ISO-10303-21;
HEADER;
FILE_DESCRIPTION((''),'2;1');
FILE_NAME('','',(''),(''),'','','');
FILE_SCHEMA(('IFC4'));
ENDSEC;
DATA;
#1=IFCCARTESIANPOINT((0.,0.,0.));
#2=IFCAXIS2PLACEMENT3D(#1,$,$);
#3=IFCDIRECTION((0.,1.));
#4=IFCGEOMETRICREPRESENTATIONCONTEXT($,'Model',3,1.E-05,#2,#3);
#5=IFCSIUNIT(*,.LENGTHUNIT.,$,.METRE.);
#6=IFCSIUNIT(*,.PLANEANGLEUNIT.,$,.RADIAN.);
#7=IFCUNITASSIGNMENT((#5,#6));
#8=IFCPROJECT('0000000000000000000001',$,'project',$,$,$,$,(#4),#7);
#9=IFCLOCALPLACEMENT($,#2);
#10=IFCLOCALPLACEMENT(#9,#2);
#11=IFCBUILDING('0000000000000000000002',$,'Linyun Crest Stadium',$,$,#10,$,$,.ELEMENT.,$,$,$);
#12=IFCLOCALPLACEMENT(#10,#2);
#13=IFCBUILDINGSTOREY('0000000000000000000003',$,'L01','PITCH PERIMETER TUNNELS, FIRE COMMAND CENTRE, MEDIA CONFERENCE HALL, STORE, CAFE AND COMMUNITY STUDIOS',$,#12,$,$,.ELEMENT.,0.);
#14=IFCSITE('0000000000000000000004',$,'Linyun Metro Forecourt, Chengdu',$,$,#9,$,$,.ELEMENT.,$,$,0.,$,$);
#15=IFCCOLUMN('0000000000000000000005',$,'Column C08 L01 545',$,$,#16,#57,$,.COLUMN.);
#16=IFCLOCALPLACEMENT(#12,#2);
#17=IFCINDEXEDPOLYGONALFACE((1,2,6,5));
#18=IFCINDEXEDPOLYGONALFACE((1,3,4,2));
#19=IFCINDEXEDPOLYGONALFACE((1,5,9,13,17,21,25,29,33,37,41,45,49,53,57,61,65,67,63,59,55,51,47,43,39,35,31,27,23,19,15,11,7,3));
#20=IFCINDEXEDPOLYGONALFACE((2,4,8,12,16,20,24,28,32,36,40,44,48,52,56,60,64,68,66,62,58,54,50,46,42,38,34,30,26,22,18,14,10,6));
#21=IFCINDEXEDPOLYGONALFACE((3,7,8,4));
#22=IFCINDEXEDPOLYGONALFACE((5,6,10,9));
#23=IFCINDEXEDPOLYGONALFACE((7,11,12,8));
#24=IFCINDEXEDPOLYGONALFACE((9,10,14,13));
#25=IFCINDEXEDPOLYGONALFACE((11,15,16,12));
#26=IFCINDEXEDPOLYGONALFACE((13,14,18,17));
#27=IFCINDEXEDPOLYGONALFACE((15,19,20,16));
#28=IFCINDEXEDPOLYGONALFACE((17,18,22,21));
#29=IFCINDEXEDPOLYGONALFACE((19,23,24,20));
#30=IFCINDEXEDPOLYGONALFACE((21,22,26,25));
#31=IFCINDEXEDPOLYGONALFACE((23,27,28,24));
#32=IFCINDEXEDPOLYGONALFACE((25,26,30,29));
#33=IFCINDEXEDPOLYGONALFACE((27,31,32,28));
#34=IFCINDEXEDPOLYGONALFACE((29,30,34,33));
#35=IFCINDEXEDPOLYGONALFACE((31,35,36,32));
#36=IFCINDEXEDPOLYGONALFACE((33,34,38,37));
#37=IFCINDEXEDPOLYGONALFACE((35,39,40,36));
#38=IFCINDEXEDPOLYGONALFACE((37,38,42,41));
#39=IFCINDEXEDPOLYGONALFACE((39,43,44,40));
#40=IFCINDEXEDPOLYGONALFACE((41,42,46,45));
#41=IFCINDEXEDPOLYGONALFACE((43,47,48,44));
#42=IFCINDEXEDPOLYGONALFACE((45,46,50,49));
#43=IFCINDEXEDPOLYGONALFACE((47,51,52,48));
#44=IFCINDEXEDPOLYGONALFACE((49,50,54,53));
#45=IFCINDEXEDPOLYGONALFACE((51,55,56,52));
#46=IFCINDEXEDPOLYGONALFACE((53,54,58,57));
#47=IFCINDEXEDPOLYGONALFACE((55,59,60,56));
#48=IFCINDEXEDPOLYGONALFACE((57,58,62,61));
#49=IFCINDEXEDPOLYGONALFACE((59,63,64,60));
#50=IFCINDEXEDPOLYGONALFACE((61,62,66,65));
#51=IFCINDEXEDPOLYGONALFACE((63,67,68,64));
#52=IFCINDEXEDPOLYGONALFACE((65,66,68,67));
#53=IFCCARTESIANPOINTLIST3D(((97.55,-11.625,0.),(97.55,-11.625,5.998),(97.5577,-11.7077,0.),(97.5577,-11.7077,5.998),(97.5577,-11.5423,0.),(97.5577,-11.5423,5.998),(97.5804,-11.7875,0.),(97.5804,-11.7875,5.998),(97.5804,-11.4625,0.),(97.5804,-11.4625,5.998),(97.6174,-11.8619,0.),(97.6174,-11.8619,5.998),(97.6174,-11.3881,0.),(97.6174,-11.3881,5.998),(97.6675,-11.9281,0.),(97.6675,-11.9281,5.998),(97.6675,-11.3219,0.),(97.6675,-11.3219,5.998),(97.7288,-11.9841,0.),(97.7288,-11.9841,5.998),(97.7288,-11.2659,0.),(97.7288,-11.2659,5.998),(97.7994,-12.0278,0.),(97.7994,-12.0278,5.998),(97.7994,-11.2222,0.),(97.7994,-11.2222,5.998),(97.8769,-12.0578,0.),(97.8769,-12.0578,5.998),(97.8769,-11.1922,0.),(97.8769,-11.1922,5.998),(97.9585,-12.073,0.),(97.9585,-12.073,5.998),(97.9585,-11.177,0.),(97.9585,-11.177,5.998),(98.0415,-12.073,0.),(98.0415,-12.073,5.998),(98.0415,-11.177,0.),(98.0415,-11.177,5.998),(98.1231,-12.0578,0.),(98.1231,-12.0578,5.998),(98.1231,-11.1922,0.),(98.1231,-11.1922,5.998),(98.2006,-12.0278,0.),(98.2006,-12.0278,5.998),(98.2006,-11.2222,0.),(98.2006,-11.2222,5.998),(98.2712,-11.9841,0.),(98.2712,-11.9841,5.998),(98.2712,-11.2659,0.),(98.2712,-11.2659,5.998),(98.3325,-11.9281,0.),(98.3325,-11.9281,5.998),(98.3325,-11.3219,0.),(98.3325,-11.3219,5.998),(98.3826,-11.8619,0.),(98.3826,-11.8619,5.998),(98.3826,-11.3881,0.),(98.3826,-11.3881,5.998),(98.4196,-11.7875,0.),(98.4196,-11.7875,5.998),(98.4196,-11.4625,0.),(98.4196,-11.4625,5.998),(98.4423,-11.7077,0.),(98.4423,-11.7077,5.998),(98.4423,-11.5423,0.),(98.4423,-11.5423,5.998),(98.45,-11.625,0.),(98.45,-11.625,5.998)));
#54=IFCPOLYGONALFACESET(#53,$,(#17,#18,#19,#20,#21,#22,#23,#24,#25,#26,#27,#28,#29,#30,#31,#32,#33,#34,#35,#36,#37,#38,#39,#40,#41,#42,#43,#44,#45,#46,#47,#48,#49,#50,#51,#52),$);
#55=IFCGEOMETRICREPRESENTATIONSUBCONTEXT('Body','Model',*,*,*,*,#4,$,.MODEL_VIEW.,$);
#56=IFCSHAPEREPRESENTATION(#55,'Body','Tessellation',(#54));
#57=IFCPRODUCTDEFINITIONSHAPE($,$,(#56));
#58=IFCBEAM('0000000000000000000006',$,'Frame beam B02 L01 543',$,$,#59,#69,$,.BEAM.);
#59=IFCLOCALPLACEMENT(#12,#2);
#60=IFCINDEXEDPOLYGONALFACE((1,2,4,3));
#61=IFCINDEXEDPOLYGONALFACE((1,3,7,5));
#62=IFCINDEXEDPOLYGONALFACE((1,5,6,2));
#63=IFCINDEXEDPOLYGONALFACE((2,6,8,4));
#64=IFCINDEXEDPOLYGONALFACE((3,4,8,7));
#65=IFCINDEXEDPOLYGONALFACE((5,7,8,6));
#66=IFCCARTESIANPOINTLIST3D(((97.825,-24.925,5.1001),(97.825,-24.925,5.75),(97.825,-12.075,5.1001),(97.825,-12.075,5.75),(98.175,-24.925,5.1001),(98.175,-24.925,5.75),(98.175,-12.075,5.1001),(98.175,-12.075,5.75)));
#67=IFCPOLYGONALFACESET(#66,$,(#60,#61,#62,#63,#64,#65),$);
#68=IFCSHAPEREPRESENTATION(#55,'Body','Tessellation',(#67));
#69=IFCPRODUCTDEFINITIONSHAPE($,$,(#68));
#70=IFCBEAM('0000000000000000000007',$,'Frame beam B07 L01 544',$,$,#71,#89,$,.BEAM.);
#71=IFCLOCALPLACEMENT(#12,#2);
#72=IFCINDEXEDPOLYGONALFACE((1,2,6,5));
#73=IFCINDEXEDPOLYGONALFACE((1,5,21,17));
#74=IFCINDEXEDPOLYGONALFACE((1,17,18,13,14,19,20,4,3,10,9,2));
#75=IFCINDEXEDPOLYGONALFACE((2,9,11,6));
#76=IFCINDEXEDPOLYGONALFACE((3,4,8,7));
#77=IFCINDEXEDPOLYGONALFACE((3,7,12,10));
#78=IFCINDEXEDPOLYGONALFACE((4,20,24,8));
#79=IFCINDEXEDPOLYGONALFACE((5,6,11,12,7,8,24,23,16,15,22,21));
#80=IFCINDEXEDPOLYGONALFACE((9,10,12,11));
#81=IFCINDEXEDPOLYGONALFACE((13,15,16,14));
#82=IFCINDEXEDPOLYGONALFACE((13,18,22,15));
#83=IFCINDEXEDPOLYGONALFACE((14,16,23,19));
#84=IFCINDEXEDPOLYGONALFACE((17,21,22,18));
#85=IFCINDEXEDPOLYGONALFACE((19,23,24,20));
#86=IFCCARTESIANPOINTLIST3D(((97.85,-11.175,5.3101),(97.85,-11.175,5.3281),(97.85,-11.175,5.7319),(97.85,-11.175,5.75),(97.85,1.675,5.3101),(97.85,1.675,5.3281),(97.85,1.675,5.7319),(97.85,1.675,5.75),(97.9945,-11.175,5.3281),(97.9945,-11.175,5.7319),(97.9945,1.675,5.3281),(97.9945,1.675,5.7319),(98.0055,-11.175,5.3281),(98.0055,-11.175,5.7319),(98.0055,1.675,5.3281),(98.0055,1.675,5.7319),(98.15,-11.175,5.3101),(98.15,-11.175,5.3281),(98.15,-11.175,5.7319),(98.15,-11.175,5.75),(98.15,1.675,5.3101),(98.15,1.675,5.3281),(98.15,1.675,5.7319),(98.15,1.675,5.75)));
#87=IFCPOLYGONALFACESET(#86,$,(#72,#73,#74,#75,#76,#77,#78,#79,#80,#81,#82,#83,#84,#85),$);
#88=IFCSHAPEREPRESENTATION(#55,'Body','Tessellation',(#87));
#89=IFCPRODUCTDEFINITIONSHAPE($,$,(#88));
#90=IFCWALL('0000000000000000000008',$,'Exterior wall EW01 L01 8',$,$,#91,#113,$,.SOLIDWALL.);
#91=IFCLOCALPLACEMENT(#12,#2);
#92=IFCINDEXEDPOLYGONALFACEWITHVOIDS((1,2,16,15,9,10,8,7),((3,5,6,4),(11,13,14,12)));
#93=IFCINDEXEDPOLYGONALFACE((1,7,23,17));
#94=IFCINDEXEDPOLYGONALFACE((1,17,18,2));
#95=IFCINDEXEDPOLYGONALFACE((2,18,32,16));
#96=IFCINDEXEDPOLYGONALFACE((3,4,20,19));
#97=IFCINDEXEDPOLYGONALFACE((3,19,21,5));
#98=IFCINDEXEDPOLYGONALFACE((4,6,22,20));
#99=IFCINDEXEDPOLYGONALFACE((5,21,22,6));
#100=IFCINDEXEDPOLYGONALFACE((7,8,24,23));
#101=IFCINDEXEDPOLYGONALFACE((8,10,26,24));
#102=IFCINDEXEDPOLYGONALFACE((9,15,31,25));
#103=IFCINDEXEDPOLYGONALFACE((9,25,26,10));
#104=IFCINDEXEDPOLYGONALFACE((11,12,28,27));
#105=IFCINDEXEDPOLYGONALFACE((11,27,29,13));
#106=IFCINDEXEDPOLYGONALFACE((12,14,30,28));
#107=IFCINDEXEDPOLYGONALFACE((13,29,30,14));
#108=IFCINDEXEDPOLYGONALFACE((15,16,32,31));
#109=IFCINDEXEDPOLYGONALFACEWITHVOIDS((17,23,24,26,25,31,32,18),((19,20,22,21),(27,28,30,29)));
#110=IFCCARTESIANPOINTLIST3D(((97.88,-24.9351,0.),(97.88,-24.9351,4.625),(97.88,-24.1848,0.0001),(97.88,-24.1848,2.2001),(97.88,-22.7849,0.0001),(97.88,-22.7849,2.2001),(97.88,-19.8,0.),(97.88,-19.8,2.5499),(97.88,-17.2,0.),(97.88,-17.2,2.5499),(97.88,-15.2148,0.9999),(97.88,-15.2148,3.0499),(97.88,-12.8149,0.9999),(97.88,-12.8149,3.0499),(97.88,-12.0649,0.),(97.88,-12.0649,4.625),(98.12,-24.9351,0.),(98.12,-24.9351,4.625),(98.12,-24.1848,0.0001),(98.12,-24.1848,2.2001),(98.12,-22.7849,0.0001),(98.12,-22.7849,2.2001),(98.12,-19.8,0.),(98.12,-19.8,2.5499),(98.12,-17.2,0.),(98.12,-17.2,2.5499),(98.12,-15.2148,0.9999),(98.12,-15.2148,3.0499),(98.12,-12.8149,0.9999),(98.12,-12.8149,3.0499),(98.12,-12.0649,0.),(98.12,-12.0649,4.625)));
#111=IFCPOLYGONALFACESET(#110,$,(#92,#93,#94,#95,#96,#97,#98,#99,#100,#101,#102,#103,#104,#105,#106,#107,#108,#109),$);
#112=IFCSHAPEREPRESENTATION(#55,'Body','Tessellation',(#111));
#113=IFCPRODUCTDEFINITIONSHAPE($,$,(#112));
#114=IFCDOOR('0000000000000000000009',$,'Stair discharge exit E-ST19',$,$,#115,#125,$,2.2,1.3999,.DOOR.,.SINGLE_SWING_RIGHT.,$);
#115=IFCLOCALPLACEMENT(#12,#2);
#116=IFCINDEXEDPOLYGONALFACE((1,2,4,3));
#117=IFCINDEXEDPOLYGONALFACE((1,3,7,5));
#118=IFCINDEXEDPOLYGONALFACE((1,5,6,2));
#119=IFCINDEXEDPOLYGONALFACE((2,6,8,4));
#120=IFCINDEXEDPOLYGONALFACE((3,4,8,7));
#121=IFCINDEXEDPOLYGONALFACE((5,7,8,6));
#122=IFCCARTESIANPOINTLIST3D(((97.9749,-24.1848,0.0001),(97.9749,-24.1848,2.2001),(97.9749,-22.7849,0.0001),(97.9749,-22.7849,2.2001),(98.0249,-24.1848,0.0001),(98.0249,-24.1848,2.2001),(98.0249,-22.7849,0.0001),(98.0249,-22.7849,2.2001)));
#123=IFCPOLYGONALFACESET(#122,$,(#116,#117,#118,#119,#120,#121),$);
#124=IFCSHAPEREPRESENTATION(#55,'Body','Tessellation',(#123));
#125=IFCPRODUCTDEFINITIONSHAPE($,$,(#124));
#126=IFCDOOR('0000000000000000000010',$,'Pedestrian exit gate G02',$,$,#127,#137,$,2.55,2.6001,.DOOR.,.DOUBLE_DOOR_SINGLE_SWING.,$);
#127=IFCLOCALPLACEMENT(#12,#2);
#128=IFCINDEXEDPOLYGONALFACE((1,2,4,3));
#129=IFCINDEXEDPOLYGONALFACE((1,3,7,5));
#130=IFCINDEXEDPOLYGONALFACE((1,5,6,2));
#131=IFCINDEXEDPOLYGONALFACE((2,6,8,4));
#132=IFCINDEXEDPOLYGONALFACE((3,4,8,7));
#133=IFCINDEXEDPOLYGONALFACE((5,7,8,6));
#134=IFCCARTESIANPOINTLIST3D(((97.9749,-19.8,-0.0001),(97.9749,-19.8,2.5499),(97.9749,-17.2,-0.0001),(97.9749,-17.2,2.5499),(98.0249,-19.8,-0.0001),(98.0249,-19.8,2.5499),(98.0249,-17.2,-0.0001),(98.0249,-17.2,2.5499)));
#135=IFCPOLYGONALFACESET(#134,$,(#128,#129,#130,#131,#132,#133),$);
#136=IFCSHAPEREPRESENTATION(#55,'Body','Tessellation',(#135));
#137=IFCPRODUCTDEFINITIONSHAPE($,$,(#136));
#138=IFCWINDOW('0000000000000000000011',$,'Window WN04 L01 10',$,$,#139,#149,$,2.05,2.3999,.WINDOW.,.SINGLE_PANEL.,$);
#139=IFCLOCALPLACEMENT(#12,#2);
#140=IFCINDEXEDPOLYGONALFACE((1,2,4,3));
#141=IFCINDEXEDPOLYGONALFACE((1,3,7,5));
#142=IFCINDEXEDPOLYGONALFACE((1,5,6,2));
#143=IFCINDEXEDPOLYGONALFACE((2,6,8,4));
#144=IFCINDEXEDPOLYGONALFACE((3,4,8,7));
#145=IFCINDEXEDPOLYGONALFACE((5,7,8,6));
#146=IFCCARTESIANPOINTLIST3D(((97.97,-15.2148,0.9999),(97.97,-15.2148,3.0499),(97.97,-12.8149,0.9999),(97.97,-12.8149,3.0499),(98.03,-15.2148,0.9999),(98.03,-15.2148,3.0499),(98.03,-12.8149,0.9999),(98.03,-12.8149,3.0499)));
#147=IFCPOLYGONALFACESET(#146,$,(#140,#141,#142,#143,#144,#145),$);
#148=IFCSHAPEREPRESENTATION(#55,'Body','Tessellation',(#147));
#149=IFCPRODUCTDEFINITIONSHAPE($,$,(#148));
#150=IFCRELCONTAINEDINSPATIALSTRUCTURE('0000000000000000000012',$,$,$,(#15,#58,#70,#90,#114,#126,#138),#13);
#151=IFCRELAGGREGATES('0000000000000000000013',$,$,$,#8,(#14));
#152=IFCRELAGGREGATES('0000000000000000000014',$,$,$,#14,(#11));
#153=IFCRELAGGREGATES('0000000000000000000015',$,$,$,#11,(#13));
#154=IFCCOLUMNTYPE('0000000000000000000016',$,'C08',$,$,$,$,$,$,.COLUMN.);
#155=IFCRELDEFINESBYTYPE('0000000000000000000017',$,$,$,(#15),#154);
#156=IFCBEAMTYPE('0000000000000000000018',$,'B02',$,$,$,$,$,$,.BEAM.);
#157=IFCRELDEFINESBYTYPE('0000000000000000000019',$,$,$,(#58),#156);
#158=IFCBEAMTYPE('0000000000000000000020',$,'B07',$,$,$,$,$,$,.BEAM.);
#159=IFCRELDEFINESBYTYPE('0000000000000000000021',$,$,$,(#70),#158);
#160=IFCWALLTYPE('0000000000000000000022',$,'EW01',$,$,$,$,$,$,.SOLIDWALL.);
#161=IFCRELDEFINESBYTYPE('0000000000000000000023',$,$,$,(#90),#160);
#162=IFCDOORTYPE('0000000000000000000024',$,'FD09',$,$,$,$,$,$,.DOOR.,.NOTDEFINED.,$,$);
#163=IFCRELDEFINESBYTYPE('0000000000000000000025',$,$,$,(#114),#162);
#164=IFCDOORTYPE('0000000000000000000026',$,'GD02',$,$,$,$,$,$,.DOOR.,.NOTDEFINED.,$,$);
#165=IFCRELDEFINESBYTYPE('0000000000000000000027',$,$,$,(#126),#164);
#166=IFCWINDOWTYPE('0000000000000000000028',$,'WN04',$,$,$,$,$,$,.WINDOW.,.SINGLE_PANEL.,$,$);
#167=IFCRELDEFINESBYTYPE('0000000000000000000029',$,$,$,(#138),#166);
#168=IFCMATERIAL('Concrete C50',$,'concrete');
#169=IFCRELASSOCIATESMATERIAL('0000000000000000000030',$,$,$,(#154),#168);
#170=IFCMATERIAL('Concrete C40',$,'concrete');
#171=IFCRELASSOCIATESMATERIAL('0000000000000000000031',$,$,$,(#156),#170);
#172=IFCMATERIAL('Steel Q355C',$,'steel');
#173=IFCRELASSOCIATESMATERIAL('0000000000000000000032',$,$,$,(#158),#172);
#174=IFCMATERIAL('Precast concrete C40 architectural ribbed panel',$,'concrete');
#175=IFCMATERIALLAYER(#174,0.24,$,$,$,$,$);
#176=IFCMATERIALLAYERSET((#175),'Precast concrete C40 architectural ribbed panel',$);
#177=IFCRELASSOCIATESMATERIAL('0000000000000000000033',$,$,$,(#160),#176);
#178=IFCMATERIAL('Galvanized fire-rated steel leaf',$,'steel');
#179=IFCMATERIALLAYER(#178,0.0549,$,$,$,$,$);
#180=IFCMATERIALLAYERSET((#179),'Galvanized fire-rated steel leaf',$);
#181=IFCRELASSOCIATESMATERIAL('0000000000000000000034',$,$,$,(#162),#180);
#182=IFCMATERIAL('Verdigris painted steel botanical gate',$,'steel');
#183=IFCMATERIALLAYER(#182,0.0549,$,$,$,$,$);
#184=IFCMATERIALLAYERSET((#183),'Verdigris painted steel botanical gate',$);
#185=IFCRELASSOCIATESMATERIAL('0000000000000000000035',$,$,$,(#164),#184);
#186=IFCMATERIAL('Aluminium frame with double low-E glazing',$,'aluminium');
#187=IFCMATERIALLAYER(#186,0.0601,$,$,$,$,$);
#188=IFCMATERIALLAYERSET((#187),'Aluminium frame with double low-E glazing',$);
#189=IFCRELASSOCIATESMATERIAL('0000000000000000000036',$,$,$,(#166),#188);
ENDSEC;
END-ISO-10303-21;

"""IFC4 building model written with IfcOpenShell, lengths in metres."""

from ifc_helpers import new_model, si_unit, direction, frame, frame_2d, origin, origin_2d, place, context, subcontext, project, spatial, rectangle, circle, i_section, extrude, material, layer, layer_set, material_profile, profile_set, type_object, element, fill, save


model = new_model("IFC4")

# Units and contexts
model_context = context("Model", 3, precision=1e-05, world=origin(), true_north=direction((0.0, 1.0)))
body_context = subcontext(model_context, "Body", "Model", "MODEL_VIEW")
ifc_project = project(units=[si_unit("LENGTHUNIT", "METRE"), si_unit("PLANEANGLEUNIT", "RADIAN")], contexts=[model_context])

# Site, building, storey
site_placement = place(None, origin())
site = spatial("IfcSite", under=ifc_project, at=site_placement, Name="Linyun Metro Forecourt, Chengdu", CompositionType="ELEMENT", RefElevation=0.0)
building_placement = place(site_placement, origin())
building = spatial("IfcBuilding", under=site, at=building_placement, Name="Linyun Crest Stadium", CompositionType="ELEMENT")
storey_placement = place(building_placement, origin())
storey = spatial("IfcBuildingStorey", under=building, at=storey_placement, Name="L01", Description="PITCH PERIMETER TUNNELS, FIRE COMMAND CENTRE, MEDIA CONFERENCE HALL, STORE, CAFE AND COMMUNITY STUDIOS", CompositionType="ELEMENT", Elevation=0.0)

# Column
ifc_material_1 = material(Name="Concrete C50", Category="concrete")
ifc_material_profile_1 = material_profile(ifc_material_1, circle(Radius=0.45, at=origin_2d()), Name="RC D900")
ifc_profile_set_1 = profile_set([ifc_material_profile_1], Name="Concrete C50")
column_type = type_object("IfcColumnType", Name="C08", PredefinedType="COLUMN", material=ifc_profile_set_1)
column_placement = place(storey_placement, frame((98.0, -11.625, 0.0), z_axis=(0.0, 0.0, 1.0), x_axis=(1.0, 0.0, 0.0)))
element("IfcColumn", 1, at=column_placement, inside=storey, type_object=column_type, Name="Column C08 L01 545", PredefinedType="COLUMN", context=body_context, shape_type="SweptSolid", body=[
    extrude(circle(Radius=0.45, at=origin_2d()), origin(), (0.0, 0.0, 1.0), 5.998),
])

# Beams
ifc_material_2 = material(Name="Concrete C40", Category="concrete")
ifc_material_profile_2 = material_profile(ifc_material_2, rectangle(XDim=0.3501, YDim=0.6499, at=origin_2d()), Name="RCB 650x350")
ifc_profile_set_2 = profile_set([ifc_material_profile_2], Name="Concrete C40")
beam_type_1 = type_object("IfcBeamType", Name="B02", PredefinedType="BEAM", material=ifc_profile_set_2)
beam_1_placement = place(storey_placement, frame((98.0, -24.925, 5.425), z_axis=(0.0, 1.0, 0.0), x_axis=(-1.0, 0.0, 0.0)))
element("IfcBeam", 2, at=beam_1_placement, inside=storey, type_object=beam_type_1, Name="Frame beam B02 L01 543", PredefinedType="BEAM", context=body_context, shape_type="SweptSolid", body=[
    extrude(rectangle(XDim=0.3501, YDim=0.6499, at=origin_2d()), origin(), (0.0, 0.0, 1.0), 12.8501),
])
ifc_material_3 = material(Name="Steel Q355C", Category="steel")
ifc_material_profile_3 = material_profile(ifc_material_3, i_section(OverallWidth=0.3, OverallDepth=0.4399, WebThickness=0.011, FlangeThickness=0.0181, at=origin_2d()), Name="HM 440x300")
ifc_profile_set_3 = profile_set([ifc_material_profile_3], Name="Steel Q355C")
beam_type_2 = type_object("IfcBeamType", Name="B07", PredefinedType="BEAM", material=ifc_profile_set_3)
beam_2_placement = place(storey_placement, frame((98.0, -11.175, 5.53), z_axis=(0.0, 1.0, 0.0), x_axis=(-1.0, 0.0, 0.0)))
element("IfcBeam", 3, at=beam_2_placement, inside=storey, type_object=beam_type_2, Name="Frame beam B07 L01 544", PredefinedType="BEAM", context=body_context, shape_type="SweptSolid", body=[
    extrude(i_section(OverallWidth=0.3, OverallDepth=0.4399, WebThickness=0.011, FlangeThickness=0.0181, at=origin_2d()), origin(), (0.0, 0.0, 1.0), 12.8501),
])

# Wall, openings, doors, window
ifc_material_4 = material(Name="Precast concrete C40 architectural ribbed panel", Category="concrete")
ifc_layer_1 = layer(ifc_material_4, 0.24)
ifc_layer_set_1 = layer_set([ifc_layer_1], Name="Precast concrete C40 architectural ribbed panel")
wall_type_1 = type_object("IfcWallType", Name="EW01", PredefinedType="SOLIDWALL", material=ifc_layer_set_1)
wall_1_placement = place(storey_placement, frame((98.0, -12.0649, 0.0), z_axis=(0.0, 0.0, 1.0), x_axis=(0.0, -1.0, 0.0)))
wall_1 = element("IfcWall", 4, at=wall_1_placement, inside=storey, type_object=wall_type_1, Name="Exterior wall EW01 L01 8", PredefinedType="SOLIDWALL", context=body_context, shape_type="SweptSolid", body=[
    extrude(rectangle(XDim=12.8701, YDim=0.24, at=frame_2d((6.4351, 0.0))), origin(), (0.0, 0.0, 1.0), 4.625),
])
opening_1_placement = place(wall_1_placement, frame((5.135, 0.0, 0.0)))
opening_1 = element("IfcOpeningElement", 5, at=opening_1_placement, cuts=wall_1, PredefinedType="OPENING", context=body_context, shape_type="SweptSolid", body=[
    extrude(rectangle(XDim=2.6001, YDim=2.55, at=frame_2d((1.3, 1.2749))), frame((0.0, 0.1299, 0.0), z_axis=(0.0, -1.0, 0.0), x_axis=(1.0, 0.0, 0.0)), (0.0, 0.0, 1.0), 0.26),
])
opening_2_placement = place(wall_1_placement, frame((0.75, 0.0, 1.0)))
opening_2 = element("IfcOpeningElement", 6, at=opening_2_placement, cuts=wall_1, PredefinedType="OPENING", context=body_context, shape_type="SweptSolid", body=[
    extrude(rectangle(XDim=2.3999, YDim=2.05, at=frame_2d((1.2, 1.0249))), frame((0.0, 0.1299, 0.0), z_axis=(0.0, -1.0, 0.0), x_axis=(1.0, 0.0, 0.0)), (0.0, 0.0, 1.0), 0.26),
])
opening_3_placement = place(wall_1_placement, frame((10.72, 0.0, 0.0)))
opening_3 = element("IfcOpeningElement", 7, at=opening_3_placement, cuts=wall_1, PredefinedType="OPENING", context=body_context, shape_type="SweptSolid", body=[
    extrude(rectangle(XDim=1.3999, YDim=2.2, at=frame_2d((0.7, 1.1001))), frame((0.0, 0.1299, 0.0), z_axis=(0.0, -1.0, 0.0), x_axis=(1.0, 0.0, 0.0)), (0.0, 0.0, 1.0), 0.26),
])
ifc_material_5 = material(Name="Galvanized fire-rated steel leaf", Category="steel")
ifc_layer_2 = layer(ifc_material_5, 0.0549)
ifc_layer_set_2 = layer_set([ifc_layer_2], Name="Galvanized fire-rated steel leaf")
door_type_1 = type_object("IfcDoorType", Name="FD09", OperationType="NOTDEFINED", PredefinedType="DOOR", material=ifc_layer_set_2)
door_1_placement = place(opening_3_placement, origin())
door_1 = element("IfcDoor", 8, at=door_1_placement, inside=storey, type_object=door_type_1, Name="Stair discharge exit E-ST19", OperationType="SINGLE_SWING_RIGHT", OverallHeight=2.2, OverallWidth=1.3999, PredefinedType="DOOR", context=body_context, shape_type="SweptSolid", body=[
    extrude(rectangle(XDim=1.3999, YDim=2.2, at=frame_2d((0.7, 1.1001))), frame((0.0, 0.0249, 0.0), z_axis=(0.0, -1.0, 0.0), x_axis=(1.0, 0.0, 0.0)), (0.0, 0.0, 1.0), 0.05),
])
fill(opening_3, door_1)
ifc_material_6 = material(Name="Verdigris painted steel botanical gate", Category="steel")
ifc_layer_3 = layer(ifc_material_6, 0.0549)
ifc_layer_set_3 = layer_set([ifc_layer_3], Name="Verdigris painted steel botanical gate")
door_type_2 = type_object("IfcDoorType", Name="GD02", OperationType="NOTDEFINED", PredefinedType="DOOR", material=ifc_layer_set_3)
door_2_placement = place(opening_1_placement, origin())
door_2 = element("IfcDoor", 9, at=door_2_placement, inside=storey, type_object=door_type_2, Name="Pedestrian exit gate G02", OperationType="DOUBLE_DOOR_SINGLE_SWING", OverallHeight=2.55, OverallWidth=2.6001, PredefinedType="DOOR", context=body_context, shape_type="SweptSolid", body=[
    extrude(rectangle(XDim=2.6001, YDim=2.55, at=frame_2d((1.3, 1.2749))), frame((0.0, 0.0249, 0.0), z_axis=(0.0, -1.0, 0.0), x_axis=(1.0, 0.0, 0.0)), (0.0, 0.0, 1.0), 0.05),
])
fill(opening_1, door_2)
ifc_material_7 = material(Name="Aluminium frame with double low-E glazing", Category="aluminium")
ifc_layer_4 = layer(ifc_material_7, 0.0601)
ifc_layer_set_4 = layer_set([ifc_layer_4], Name="Aluminium frame with double low-E glazing")
window_type = type_object("IfcWindowType", Name="WN04", PartitioningType="SINGLE_PANEL", PredefinedType="WINDOW", material=ifc_layer_set_4)
window_placement = place(opening_2_placement, origin())
window = element("IfcWindow", 10, at=window_placement, inside=storey, type_object=window_type, Name="Window WN04 L01 10", OverallHeight=2.05, OverallWidth=2.3999, PartitioningType="SINGLE_PANEL", PredefinedType="WINDOW", context=body_context, shape_type="SweptSolid", body=[
    extrude(rectangle(XDim=2.3999, YDim=2.05, at=frame_2d((1.2, 1.0249))), frame((0.0, 0.03, 0.0), z_axis=(0.0, -1.0, 0.0), x_axis=(1.0, 0.0, 0.0)), (0.0, 0.0, 1.0), 0.0601),
])
fill(opening_2, window)

save(model, "model.ifc")
